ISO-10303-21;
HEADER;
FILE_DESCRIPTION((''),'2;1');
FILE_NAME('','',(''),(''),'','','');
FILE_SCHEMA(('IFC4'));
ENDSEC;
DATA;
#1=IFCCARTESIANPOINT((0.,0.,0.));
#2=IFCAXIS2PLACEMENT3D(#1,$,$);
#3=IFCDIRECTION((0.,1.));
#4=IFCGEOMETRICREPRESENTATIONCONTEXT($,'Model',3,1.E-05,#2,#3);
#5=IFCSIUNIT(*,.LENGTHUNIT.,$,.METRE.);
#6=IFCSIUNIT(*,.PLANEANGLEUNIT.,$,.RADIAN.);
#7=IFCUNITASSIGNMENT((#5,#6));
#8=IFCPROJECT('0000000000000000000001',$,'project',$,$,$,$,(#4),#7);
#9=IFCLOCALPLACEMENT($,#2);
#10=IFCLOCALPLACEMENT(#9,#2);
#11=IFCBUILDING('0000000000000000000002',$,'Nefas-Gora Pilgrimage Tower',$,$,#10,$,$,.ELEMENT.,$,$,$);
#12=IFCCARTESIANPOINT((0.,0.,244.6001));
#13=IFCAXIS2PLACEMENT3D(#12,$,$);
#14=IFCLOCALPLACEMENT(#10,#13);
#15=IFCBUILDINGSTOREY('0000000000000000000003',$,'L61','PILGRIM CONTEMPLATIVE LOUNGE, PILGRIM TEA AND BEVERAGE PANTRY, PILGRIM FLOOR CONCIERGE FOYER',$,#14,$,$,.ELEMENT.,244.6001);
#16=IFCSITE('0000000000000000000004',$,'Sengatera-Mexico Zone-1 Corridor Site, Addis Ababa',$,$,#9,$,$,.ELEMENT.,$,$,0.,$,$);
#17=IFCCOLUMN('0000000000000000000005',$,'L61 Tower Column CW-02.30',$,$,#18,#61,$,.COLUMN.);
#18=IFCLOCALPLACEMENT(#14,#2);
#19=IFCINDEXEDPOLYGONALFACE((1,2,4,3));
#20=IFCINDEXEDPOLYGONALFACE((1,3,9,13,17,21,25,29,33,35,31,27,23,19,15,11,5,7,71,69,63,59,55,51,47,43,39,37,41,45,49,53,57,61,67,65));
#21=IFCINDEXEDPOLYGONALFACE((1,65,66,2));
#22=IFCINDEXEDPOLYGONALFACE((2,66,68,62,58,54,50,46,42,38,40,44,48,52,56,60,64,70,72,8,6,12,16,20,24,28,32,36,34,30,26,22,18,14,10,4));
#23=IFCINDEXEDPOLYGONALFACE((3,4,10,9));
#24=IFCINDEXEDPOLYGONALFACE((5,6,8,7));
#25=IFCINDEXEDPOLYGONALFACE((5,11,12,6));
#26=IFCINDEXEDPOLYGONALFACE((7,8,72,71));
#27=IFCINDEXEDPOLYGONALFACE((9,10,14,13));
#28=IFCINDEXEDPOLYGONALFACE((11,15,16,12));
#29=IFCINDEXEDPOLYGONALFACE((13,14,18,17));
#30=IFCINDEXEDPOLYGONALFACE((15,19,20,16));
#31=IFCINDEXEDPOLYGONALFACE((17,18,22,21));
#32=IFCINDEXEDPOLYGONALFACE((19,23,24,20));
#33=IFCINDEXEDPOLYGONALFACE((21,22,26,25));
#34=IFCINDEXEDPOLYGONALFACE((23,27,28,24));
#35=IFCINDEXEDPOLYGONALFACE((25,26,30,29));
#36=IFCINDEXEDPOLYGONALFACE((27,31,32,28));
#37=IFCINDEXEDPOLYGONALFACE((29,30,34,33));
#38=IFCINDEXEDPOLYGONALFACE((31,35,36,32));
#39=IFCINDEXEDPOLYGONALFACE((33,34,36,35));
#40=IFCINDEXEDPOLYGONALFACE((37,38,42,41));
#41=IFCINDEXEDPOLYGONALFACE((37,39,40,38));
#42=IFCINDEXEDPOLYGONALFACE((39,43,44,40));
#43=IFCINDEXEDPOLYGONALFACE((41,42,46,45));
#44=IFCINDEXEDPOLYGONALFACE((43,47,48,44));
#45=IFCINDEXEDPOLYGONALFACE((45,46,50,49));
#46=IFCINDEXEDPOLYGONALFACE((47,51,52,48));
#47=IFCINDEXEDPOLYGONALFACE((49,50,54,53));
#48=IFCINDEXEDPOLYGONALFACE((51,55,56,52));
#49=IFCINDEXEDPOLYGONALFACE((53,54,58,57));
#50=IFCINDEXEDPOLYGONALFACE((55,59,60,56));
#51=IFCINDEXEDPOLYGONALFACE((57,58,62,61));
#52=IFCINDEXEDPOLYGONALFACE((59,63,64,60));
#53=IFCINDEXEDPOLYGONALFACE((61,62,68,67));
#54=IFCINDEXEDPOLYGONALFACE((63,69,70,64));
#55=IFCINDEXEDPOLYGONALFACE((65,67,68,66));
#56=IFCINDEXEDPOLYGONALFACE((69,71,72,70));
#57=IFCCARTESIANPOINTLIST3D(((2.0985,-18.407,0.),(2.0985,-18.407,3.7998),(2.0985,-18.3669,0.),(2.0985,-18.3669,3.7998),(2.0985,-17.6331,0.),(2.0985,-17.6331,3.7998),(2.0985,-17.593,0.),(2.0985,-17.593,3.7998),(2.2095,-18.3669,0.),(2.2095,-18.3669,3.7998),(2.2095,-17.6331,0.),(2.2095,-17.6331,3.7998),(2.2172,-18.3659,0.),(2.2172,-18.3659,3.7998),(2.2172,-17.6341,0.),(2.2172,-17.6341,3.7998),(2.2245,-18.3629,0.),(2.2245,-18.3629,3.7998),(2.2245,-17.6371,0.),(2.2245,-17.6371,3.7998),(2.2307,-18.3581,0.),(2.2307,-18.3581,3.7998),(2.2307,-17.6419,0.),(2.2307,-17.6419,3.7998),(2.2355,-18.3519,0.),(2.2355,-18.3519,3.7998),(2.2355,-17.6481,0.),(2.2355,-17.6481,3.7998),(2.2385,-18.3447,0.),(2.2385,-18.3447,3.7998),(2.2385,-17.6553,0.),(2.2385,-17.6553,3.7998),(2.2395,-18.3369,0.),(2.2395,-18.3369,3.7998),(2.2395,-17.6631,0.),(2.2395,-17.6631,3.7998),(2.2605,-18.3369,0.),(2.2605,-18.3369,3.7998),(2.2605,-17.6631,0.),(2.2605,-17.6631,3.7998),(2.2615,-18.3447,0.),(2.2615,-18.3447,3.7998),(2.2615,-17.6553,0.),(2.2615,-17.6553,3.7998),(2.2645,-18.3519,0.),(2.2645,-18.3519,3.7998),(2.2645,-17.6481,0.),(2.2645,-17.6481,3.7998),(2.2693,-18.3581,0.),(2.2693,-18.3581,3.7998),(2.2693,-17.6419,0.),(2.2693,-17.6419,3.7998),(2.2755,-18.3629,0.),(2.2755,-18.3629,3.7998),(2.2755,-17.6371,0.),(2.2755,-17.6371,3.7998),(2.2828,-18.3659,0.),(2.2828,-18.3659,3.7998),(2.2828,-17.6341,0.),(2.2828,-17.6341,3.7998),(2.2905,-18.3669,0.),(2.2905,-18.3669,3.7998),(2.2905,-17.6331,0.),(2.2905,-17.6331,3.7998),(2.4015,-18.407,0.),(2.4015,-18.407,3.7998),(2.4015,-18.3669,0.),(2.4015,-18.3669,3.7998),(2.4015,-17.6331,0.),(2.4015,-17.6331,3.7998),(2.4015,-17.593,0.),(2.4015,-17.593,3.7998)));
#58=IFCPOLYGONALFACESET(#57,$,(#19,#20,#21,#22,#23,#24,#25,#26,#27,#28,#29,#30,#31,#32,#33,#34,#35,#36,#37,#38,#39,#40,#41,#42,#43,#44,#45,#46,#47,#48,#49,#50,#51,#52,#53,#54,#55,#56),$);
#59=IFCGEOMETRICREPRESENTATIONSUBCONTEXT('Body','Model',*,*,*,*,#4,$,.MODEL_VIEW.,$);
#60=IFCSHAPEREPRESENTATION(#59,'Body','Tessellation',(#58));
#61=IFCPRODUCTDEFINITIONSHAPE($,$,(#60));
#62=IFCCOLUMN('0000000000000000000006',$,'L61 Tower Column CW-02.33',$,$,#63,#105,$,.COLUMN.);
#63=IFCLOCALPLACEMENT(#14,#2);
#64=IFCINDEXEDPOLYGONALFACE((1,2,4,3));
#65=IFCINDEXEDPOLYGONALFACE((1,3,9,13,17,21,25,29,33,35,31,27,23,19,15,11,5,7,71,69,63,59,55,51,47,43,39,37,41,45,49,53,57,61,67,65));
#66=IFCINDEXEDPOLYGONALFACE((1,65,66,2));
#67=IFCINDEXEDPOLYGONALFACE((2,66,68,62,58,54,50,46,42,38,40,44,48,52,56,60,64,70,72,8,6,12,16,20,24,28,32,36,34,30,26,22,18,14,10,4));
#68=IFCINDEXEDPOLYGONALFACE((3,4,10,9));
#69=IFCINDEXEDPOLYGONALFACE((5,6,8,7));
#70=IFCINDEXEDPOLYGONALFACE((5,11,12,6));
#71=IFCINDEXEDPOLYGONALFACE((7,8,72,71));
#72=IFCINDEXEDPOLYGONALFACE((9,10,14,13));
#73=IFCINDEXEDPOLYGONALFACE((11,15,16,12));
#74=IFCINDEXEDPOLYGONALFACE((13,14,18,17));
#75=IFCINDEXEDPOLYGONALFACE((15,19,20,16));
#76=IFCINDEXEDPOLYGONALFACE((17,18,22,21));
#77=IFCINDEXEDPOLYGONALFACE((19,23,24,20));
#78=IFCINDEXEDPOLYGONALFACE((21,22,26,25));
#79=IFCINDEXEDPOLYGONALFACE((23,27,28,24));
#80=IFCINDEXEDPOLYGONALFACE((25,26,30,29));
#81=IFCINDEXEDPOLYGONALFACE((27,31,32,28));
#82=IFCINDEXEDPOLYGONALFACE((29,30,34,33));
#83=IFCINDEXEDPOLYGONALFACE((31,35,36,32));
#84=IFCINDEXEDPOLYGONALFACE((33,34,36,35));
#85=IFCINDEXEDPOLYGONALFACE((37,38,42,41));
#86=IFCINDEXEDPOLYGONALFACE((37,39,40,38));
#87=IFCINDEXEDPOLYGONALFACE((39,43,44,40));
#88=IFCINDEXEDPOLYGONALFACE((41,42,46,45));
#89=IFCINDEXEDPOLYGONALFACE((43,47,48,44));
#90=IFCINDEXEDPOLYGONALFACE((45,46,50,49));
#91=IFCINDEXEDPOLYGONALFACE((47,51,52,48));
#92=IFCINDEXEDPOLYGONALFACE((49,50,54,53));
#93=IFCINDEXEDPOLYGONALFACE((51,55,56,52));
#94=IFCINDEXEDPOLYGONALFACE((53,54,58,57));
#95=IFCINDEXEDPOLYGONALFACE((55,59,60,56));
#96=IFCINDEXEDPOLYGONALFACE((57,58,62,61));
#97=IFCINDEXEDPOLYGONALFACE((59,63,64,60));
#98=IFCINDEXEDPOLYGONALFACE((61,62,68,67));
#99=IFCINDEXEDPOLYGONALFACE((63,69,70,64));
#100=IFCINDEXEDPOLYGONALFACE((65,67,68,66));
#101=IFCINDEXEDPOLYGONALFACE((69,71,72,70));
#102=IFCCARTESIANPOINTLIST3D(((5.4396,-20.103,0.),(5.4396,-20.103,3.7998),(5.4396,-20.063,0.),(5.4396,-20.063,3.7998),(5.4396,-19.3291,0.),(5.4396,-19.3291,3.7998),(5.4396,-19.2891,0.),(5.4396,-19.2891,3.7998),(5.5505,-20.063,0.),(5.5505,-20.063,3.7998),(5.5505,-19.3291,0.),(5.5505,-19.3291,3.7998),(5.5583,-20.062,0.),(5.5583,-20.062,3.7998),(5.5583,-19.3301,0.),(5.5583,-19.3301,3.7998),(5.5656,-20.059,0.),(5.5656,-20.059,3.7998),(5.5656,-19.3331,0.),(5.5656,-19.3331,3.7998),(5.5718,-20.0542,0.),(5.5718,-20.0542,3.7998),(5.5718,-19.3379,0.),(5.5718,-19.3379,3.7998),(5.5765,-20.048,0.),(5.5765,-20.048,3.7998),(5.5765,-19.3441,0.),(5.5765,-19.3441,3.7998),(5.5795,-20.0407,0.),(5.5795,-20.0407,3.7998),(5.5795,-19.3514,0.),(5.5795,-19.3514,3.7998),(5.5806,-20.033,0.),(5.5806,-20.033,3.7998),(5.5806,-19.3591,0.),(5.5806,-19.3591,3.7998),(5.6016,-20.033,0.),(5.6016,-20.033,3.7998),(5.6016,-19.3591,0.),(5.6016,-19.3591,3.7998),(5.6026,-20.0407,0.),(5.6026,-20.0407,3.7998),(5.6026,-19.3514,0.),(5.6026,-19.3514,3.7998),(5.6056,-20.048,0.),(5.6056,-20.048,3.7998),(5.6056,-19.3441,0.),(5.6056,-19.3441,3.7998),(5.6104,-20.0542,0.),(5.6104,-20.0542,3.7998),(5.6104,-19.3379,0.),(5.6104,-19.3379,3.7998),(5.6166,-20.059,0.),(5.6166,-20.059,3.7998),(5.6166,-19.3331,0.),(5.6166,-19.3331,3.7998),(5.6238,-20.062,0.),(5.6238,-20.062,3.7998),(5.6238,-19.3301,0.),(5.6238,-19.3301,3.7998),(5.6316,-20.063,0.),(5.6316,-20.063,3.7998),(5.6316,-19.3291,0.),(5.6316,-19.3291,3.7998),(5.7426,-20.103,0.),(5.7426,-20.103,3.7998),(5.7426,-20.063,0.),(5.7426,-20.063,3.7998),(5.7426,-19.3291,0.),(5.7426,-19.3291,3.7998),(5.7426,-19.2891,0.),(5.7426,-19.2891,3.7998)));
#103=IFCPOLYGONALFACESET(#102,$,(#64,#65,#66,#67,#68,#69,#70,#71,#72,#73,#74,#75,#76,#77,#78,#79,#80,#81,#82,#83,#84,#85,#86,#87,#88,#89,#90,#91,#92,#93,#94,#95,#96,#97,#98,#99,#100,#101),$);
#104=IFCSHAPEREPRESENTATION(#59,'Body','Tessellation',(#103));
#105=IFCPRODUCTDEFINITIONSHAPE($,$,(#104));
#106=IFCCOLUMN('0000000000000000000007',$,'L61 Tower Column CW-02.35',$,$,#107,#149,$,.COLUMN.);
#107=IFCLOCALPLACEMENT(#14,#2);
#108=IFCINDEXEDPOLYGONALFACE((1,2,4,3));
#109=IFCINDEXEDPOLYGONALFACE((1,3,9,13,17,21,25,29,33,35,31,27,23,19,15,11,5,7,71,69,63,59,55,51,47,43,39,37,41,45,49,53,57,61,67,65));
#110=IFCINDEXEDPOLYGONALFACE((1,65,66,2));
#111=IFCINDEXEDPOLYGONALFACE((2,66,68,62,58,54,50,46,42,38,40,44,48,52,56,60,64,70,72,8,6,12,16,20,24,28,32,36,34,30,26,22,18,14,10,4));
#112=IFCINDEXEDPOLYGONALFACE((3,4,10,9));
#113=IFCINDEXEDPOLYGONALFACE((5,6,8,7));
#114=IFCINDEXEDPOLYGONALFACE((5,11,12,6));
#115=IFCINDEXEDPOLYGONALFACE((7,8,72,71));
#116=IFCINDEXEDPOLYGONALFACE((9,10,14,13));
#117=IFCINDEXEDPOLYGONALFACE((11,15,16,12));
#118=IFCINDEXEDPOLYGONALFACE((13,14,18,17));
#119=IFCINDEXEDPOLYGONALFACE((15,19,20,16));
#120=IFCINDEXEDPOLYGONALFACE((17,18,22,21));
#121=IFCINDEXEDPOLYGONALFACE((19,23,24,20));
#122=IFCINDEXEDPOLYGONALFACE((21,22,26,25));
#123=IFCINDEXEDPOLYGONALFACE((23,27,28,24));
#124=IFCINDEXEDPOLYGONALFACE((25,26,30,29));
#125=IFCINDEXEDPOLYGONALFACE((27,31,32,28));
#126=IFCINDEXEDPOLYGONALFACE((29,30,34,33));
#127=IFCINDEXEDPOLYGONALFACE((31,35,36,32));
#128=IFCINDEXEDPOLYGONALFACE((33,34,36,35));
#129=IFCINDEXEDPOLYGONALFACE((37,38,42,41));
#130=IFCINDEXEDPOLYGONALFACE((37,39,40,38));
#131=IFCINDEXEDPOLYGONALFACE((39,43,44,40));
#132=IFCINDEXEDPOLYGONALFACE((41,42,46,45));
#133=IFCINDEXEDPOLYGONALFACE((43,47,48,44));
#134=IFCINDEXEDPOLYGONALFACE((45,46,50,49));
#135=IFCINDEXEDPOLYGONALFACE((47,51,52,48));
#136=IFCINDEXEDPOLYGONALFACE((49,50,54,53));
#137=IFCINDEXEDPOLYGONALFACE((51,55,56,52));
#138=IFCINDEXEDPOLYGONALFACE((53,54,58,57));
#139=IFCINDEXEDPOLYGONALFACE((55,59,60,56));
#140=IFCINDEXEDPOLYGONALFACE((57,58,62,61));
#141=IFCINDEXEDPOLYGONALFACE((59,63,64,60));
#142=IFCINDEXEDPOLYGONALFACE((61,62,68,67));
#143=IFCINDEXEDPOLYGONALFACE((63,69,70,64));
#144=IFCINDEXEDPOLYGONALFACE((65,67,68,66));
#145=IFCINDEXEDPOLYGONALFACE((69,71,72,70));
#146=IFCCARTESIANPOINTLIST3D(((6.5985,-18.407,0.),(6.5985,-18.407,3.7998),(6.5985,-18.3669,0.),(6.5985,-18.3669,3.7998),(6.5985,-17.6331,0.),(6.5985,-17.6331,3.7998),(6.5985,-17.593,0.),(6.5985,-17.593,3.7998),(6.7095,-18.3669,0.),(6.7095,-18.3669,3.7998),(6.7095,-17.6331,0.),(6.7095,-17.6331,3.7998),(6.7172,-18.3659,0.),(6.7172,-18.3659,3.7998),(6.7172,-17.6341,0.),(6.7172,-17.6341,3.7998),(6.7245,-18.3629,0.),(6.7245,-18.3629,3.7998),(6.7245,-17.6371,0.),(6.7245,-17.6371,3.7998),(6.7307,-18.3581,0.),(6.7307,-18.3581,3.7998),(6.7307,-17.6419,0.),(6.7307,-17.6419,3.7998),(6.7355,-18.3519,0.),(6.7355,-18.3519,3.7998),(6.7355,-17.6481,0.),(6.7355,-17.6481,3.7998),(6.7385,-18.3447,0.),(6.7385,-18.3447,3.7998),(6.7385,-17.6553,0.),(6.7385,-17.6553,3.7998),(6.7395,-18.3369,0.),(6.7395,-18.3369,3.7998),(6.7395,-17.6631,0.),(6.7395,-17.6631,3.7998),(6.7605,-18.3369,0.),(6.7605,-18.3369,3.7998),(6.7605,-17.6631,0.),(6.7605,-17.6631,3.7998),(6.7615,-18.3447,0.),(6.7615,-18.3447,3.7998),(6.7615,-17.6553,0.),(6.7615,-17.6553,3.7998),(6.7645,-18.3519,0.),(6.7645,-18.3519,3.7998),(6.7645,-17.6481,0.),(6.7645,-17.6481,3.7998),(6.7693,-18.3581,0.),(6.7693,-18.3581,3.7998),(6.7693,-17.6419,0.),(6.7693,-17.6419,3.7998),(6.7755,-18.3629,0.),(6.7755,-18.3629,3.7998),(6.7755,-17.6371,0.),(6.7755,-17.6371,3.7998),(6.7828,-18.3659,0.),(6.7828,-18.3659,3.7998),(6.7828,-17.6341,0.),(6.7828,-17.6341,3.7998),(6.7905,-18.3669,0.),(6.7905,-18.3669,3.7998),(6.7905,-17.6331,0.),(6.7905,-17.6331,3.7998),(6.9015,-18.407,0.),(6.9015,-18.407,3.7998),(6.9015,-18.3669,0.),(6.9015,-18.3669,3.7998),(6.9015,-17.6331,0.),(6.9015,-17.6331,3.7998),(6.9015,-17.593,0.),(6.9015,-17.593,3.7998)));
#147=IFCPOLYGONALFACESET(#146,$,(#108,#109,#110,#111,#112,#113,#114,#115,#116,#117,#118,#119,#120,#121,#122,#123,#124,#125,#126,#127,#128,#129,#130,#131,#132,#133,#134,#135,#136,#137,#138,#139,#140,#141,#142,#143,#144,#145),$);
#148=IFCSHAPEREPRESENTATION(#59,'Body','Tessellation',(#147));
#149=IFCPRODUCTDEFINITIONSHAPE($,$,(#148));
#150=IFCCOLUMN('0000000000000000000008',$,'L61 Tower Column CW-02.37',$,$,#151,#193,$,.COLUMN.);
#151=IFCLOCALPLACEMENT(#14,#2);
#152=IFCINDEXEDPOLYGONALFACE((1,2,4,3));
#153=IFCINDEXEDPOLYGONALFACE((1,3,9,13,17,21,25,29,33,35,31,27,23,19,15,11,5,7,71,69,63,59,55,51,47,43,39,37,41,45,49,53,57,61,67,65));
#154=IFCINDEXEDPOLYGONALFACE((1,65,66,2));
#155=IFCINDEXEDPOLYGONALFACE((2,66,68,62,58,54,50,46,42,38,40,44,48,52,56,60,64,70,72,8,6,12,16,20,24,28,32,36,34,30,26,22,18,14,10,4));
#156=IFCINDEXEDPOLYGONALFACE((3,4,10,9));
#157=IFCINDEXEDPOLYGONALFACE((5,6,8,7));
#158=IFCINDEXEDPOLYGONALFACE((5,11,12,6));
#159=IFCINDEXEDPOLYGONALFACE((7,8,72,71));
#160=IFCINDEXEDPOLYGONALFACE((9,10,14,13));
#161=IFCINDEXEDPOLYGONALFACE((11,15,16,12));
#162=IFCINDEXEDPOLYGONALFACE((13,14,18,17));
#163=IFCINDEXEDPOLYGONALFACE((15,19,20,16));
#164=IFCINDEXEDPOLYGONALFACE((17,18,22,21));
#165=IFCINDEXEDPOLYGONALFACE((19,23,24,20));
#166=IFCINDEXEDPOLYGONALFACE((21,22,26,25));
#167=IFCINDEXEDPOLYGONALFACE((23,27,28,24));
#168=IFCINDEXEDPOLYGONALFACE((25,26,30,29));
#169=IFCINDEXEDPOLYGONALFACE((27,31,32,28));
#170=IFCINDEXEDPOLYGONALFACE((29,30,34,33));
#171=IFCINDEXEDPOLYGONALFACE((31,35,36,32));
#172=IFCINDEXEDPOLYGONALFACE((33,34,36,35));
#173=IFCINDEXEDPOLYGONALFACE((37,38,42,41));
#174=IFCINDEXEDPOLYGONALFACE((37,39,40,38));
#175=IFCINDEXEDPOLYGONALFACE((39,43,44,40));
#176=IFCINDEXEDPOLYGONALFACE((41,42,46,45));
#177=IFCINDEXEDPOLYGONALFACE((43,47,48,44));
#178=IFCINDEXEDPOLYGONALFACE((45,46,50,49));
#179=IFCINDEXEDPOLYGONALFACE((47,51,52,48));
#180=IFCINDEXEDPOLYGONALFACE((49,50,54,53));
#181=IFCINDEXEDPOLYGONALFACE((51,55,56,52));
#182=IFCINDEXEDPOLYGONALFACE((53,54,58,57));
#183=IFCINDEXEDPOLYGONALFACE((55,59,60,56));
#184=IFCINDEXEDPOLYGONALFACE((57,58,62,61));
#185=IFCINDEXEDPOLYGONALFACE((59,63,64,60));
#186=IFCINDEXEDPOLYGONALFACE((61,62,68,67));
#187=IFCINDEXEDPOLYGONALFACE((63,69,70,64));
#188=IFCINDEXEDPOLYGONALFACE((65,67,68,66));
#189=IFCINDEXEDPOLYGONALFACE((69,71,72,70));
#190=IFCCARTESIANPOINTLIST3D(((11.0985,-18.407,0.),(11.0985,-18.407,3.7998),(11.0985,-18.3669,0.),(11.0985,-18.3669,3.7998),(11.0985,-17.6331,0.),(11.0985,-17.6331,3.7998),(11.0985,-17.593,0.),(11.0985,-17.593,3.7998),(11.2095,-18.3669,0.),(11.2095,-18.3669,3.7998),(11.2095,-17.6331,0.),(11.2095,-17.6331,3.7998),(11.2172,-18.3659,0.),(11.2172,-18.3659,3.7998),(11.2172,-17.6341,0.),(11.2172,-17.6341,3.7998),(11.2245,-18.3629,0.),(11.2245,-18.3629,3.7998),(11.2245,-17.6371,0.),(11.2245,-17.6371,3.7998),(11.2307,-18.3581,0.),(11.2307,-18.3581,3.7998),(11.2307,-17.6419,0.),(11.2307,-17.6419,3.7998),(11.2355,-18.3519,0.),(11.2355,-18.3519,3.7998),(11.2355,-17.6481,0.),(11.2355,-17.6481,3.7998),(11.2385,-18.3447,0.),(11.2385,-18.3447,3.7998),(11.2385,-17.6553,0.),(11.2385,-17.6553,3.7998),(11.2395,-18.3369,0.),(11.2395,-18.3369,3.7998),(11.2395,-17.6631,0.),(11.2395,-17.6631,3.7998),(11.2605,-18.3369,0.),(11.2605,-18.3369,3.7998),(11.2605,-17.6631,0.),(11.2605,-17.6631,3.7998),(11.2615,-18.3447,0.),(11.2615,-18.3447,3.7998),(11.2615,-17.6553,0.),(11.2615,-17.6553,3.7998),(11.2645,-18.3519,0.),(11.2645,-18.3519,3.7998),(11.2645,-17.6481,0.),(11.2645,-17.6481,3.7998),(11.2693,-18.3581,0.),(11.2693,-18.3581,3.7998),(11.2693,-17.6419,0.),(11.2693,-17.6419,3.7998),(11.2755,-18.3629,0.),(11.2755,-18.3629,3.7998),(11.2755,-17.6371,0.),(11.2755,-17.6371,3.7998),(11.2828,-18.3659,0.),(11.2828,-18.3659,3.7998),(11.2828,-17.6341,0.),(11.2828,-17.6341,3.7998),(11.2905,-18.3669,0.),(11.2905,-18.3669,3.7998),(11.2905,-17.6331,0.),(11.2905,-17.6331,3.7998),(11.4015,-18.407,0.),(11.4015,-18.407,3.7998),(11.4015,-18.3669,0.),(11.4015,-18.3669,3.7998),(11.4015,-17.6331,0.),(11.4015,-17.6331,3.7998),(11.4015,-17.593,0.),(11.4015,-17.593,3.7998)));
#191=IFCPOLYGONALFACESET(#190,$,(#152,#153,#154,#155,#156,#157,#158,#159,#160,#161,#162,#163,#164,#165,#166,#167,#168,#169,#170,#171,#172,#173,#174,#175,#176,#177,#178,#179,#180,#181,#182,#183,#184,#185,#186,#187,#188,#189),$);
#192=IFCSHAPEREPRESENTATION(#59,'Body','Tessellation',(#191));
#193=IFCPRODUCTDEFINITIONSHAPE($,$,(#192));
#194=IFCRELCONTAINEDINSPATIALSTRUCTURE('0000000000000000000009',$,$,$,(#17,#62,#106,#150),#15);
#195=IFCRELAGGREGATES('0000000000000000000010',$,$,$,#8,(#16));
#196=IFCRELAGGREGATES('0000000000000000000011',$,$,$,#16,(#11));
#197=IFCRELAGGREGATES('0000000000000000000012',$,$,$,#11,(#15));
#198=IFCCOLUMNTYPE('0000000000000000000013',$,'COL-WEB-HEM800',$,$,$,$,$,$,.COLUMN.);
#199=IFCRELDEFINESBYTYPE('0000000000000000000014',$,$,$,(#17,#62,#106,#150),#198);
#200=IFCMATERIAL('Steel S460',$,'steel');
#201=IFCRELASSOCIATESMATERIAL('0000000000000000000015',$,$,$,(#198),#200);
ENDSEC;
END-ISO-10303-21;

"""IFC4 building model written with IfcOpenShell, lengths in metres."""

from ifc_helpers import new_model, si_unit, direction, frame, origin, origin_2d, place, context, subcontext, project, spatial, i_section, extrude, source, transform, mapped, material, material_profile, profile_set, type_object, element, save


model = new_model("IFC4")

# Units and contexts
model_context = context("Model", 3, precision=1e-05, world=origin(), true_north=direction((0.0, 1.0)))
body_context = subcontext(model_context, "Body", "Model", "MODEL_VIEW")
ifc_project = project(units=[si_unit("LENGTHUNIT", "METRE"), si_unit("PLANEANGLEUNIT", "RADIAN")], contexts=[model_context])

# Site, building, storey
site_placement = place(None, origin())
site = spatial("IfcSite", under=ifc_project, at=site_placement, Name="Sengatera-Mexico Zone-1 Corridor Site, Addis Ababa", CompositionType="ELEMENT", RefElevation=0.0)
building_placement = place(site_placement, origin())
building = spatial("IfcBuilding", under=site, at=building_placement, Name="Nefas-Gora Pilgrimage Tower", CompositionType="ELEMENT")
storey_placement = place(building_placement, frame((0.0, 0.0, 244.6001)))
storey = spatial("IfcBuildingStorey", under=building, at=storey_placement, Name="L61", Description="PILGRIM CONTEMPLATIVE LOUNGE, PILGRIM TEA AND BEVERAGE PANTRY, PILGRIM FLOOR CONCIERGE FOYER", CompositionType="ELEMENT", Elevation=244.6001)

# Columns
ifc_material_1 = material(Name="Steel S460", Category="steel")
ifc_material_profile_1 = material_profile(ifc_material_1, i_section(OverallWidth=0.303, OverallDepth=0.814, WebThickness=0.021, FlangeThickness=0.04, FilletRadius=0.03, at=origin_2d()), Name="HEM 800")
ifc_profile_set_1 = profile_set([ifc_material_profile_1], Name="Steel S460")
column_type_1 = type_object("IfcColumnType", Name="COL-WEB-HEM800", PredefinedType="COLUMN", material=ifc_profile_set_1)
shared_shape_1 = source(origin(), body_context, "Body", "SweptSolid", [
    extrude(i_section(OverallWidth=0.303, OverallDepth=0.814, WebThickness=0.021, FlangeThickness=0.04, FilletRadius=0.03, at=origin_2d()), origin(), (0.0, 0.0, 1.0), 3.7998),
])
for number, where, z_axis, x_axis, name in (
    (1, (2.25, -18.0, 0.0), (0.0, 0.0, 1.0), (1.0, 0.0, 0.0), "L61 Tower Column CW-02.30"),
    (2, (5.5911, -19.696, 0.0), (0.0, 0.0, 1.0), (1.0, 0.0, 0.0), "L61 Tower Column CW-02.33"),
    (3, (6.75, -18.0, 0.0), (0.0, 0.0, 1.0), (1.0, 0.0, 0.0), "L61 Tower Column CW-02.35"),
    (4, (11.25, -18.0, 0.0), (0.0, 0.0, 1.0), (1.0, 0.0, 0.0), "L61 Tower Column CW-02.37"),
):
    element("IfcColumn", number, at=place(storey_placement, frame(where, z_axis=z_axis, x_axis=x_axis)), inside=storey, type_object=column_type_1, Name=name, PredefinedType="COLUMN", context=body_context, shape_type="MappedRepresentation", body=[
        mapped(shared_shape_1, transform((0.0, 0.0, 0.0), x_axis=(1.0, 0.0, 0.0), y_axis=(0.0, 1.0, 0.0), z_axis=(0.0, 0.0, 1.0), scale=1.0)),
    ])

save(model, "model.ifc")
